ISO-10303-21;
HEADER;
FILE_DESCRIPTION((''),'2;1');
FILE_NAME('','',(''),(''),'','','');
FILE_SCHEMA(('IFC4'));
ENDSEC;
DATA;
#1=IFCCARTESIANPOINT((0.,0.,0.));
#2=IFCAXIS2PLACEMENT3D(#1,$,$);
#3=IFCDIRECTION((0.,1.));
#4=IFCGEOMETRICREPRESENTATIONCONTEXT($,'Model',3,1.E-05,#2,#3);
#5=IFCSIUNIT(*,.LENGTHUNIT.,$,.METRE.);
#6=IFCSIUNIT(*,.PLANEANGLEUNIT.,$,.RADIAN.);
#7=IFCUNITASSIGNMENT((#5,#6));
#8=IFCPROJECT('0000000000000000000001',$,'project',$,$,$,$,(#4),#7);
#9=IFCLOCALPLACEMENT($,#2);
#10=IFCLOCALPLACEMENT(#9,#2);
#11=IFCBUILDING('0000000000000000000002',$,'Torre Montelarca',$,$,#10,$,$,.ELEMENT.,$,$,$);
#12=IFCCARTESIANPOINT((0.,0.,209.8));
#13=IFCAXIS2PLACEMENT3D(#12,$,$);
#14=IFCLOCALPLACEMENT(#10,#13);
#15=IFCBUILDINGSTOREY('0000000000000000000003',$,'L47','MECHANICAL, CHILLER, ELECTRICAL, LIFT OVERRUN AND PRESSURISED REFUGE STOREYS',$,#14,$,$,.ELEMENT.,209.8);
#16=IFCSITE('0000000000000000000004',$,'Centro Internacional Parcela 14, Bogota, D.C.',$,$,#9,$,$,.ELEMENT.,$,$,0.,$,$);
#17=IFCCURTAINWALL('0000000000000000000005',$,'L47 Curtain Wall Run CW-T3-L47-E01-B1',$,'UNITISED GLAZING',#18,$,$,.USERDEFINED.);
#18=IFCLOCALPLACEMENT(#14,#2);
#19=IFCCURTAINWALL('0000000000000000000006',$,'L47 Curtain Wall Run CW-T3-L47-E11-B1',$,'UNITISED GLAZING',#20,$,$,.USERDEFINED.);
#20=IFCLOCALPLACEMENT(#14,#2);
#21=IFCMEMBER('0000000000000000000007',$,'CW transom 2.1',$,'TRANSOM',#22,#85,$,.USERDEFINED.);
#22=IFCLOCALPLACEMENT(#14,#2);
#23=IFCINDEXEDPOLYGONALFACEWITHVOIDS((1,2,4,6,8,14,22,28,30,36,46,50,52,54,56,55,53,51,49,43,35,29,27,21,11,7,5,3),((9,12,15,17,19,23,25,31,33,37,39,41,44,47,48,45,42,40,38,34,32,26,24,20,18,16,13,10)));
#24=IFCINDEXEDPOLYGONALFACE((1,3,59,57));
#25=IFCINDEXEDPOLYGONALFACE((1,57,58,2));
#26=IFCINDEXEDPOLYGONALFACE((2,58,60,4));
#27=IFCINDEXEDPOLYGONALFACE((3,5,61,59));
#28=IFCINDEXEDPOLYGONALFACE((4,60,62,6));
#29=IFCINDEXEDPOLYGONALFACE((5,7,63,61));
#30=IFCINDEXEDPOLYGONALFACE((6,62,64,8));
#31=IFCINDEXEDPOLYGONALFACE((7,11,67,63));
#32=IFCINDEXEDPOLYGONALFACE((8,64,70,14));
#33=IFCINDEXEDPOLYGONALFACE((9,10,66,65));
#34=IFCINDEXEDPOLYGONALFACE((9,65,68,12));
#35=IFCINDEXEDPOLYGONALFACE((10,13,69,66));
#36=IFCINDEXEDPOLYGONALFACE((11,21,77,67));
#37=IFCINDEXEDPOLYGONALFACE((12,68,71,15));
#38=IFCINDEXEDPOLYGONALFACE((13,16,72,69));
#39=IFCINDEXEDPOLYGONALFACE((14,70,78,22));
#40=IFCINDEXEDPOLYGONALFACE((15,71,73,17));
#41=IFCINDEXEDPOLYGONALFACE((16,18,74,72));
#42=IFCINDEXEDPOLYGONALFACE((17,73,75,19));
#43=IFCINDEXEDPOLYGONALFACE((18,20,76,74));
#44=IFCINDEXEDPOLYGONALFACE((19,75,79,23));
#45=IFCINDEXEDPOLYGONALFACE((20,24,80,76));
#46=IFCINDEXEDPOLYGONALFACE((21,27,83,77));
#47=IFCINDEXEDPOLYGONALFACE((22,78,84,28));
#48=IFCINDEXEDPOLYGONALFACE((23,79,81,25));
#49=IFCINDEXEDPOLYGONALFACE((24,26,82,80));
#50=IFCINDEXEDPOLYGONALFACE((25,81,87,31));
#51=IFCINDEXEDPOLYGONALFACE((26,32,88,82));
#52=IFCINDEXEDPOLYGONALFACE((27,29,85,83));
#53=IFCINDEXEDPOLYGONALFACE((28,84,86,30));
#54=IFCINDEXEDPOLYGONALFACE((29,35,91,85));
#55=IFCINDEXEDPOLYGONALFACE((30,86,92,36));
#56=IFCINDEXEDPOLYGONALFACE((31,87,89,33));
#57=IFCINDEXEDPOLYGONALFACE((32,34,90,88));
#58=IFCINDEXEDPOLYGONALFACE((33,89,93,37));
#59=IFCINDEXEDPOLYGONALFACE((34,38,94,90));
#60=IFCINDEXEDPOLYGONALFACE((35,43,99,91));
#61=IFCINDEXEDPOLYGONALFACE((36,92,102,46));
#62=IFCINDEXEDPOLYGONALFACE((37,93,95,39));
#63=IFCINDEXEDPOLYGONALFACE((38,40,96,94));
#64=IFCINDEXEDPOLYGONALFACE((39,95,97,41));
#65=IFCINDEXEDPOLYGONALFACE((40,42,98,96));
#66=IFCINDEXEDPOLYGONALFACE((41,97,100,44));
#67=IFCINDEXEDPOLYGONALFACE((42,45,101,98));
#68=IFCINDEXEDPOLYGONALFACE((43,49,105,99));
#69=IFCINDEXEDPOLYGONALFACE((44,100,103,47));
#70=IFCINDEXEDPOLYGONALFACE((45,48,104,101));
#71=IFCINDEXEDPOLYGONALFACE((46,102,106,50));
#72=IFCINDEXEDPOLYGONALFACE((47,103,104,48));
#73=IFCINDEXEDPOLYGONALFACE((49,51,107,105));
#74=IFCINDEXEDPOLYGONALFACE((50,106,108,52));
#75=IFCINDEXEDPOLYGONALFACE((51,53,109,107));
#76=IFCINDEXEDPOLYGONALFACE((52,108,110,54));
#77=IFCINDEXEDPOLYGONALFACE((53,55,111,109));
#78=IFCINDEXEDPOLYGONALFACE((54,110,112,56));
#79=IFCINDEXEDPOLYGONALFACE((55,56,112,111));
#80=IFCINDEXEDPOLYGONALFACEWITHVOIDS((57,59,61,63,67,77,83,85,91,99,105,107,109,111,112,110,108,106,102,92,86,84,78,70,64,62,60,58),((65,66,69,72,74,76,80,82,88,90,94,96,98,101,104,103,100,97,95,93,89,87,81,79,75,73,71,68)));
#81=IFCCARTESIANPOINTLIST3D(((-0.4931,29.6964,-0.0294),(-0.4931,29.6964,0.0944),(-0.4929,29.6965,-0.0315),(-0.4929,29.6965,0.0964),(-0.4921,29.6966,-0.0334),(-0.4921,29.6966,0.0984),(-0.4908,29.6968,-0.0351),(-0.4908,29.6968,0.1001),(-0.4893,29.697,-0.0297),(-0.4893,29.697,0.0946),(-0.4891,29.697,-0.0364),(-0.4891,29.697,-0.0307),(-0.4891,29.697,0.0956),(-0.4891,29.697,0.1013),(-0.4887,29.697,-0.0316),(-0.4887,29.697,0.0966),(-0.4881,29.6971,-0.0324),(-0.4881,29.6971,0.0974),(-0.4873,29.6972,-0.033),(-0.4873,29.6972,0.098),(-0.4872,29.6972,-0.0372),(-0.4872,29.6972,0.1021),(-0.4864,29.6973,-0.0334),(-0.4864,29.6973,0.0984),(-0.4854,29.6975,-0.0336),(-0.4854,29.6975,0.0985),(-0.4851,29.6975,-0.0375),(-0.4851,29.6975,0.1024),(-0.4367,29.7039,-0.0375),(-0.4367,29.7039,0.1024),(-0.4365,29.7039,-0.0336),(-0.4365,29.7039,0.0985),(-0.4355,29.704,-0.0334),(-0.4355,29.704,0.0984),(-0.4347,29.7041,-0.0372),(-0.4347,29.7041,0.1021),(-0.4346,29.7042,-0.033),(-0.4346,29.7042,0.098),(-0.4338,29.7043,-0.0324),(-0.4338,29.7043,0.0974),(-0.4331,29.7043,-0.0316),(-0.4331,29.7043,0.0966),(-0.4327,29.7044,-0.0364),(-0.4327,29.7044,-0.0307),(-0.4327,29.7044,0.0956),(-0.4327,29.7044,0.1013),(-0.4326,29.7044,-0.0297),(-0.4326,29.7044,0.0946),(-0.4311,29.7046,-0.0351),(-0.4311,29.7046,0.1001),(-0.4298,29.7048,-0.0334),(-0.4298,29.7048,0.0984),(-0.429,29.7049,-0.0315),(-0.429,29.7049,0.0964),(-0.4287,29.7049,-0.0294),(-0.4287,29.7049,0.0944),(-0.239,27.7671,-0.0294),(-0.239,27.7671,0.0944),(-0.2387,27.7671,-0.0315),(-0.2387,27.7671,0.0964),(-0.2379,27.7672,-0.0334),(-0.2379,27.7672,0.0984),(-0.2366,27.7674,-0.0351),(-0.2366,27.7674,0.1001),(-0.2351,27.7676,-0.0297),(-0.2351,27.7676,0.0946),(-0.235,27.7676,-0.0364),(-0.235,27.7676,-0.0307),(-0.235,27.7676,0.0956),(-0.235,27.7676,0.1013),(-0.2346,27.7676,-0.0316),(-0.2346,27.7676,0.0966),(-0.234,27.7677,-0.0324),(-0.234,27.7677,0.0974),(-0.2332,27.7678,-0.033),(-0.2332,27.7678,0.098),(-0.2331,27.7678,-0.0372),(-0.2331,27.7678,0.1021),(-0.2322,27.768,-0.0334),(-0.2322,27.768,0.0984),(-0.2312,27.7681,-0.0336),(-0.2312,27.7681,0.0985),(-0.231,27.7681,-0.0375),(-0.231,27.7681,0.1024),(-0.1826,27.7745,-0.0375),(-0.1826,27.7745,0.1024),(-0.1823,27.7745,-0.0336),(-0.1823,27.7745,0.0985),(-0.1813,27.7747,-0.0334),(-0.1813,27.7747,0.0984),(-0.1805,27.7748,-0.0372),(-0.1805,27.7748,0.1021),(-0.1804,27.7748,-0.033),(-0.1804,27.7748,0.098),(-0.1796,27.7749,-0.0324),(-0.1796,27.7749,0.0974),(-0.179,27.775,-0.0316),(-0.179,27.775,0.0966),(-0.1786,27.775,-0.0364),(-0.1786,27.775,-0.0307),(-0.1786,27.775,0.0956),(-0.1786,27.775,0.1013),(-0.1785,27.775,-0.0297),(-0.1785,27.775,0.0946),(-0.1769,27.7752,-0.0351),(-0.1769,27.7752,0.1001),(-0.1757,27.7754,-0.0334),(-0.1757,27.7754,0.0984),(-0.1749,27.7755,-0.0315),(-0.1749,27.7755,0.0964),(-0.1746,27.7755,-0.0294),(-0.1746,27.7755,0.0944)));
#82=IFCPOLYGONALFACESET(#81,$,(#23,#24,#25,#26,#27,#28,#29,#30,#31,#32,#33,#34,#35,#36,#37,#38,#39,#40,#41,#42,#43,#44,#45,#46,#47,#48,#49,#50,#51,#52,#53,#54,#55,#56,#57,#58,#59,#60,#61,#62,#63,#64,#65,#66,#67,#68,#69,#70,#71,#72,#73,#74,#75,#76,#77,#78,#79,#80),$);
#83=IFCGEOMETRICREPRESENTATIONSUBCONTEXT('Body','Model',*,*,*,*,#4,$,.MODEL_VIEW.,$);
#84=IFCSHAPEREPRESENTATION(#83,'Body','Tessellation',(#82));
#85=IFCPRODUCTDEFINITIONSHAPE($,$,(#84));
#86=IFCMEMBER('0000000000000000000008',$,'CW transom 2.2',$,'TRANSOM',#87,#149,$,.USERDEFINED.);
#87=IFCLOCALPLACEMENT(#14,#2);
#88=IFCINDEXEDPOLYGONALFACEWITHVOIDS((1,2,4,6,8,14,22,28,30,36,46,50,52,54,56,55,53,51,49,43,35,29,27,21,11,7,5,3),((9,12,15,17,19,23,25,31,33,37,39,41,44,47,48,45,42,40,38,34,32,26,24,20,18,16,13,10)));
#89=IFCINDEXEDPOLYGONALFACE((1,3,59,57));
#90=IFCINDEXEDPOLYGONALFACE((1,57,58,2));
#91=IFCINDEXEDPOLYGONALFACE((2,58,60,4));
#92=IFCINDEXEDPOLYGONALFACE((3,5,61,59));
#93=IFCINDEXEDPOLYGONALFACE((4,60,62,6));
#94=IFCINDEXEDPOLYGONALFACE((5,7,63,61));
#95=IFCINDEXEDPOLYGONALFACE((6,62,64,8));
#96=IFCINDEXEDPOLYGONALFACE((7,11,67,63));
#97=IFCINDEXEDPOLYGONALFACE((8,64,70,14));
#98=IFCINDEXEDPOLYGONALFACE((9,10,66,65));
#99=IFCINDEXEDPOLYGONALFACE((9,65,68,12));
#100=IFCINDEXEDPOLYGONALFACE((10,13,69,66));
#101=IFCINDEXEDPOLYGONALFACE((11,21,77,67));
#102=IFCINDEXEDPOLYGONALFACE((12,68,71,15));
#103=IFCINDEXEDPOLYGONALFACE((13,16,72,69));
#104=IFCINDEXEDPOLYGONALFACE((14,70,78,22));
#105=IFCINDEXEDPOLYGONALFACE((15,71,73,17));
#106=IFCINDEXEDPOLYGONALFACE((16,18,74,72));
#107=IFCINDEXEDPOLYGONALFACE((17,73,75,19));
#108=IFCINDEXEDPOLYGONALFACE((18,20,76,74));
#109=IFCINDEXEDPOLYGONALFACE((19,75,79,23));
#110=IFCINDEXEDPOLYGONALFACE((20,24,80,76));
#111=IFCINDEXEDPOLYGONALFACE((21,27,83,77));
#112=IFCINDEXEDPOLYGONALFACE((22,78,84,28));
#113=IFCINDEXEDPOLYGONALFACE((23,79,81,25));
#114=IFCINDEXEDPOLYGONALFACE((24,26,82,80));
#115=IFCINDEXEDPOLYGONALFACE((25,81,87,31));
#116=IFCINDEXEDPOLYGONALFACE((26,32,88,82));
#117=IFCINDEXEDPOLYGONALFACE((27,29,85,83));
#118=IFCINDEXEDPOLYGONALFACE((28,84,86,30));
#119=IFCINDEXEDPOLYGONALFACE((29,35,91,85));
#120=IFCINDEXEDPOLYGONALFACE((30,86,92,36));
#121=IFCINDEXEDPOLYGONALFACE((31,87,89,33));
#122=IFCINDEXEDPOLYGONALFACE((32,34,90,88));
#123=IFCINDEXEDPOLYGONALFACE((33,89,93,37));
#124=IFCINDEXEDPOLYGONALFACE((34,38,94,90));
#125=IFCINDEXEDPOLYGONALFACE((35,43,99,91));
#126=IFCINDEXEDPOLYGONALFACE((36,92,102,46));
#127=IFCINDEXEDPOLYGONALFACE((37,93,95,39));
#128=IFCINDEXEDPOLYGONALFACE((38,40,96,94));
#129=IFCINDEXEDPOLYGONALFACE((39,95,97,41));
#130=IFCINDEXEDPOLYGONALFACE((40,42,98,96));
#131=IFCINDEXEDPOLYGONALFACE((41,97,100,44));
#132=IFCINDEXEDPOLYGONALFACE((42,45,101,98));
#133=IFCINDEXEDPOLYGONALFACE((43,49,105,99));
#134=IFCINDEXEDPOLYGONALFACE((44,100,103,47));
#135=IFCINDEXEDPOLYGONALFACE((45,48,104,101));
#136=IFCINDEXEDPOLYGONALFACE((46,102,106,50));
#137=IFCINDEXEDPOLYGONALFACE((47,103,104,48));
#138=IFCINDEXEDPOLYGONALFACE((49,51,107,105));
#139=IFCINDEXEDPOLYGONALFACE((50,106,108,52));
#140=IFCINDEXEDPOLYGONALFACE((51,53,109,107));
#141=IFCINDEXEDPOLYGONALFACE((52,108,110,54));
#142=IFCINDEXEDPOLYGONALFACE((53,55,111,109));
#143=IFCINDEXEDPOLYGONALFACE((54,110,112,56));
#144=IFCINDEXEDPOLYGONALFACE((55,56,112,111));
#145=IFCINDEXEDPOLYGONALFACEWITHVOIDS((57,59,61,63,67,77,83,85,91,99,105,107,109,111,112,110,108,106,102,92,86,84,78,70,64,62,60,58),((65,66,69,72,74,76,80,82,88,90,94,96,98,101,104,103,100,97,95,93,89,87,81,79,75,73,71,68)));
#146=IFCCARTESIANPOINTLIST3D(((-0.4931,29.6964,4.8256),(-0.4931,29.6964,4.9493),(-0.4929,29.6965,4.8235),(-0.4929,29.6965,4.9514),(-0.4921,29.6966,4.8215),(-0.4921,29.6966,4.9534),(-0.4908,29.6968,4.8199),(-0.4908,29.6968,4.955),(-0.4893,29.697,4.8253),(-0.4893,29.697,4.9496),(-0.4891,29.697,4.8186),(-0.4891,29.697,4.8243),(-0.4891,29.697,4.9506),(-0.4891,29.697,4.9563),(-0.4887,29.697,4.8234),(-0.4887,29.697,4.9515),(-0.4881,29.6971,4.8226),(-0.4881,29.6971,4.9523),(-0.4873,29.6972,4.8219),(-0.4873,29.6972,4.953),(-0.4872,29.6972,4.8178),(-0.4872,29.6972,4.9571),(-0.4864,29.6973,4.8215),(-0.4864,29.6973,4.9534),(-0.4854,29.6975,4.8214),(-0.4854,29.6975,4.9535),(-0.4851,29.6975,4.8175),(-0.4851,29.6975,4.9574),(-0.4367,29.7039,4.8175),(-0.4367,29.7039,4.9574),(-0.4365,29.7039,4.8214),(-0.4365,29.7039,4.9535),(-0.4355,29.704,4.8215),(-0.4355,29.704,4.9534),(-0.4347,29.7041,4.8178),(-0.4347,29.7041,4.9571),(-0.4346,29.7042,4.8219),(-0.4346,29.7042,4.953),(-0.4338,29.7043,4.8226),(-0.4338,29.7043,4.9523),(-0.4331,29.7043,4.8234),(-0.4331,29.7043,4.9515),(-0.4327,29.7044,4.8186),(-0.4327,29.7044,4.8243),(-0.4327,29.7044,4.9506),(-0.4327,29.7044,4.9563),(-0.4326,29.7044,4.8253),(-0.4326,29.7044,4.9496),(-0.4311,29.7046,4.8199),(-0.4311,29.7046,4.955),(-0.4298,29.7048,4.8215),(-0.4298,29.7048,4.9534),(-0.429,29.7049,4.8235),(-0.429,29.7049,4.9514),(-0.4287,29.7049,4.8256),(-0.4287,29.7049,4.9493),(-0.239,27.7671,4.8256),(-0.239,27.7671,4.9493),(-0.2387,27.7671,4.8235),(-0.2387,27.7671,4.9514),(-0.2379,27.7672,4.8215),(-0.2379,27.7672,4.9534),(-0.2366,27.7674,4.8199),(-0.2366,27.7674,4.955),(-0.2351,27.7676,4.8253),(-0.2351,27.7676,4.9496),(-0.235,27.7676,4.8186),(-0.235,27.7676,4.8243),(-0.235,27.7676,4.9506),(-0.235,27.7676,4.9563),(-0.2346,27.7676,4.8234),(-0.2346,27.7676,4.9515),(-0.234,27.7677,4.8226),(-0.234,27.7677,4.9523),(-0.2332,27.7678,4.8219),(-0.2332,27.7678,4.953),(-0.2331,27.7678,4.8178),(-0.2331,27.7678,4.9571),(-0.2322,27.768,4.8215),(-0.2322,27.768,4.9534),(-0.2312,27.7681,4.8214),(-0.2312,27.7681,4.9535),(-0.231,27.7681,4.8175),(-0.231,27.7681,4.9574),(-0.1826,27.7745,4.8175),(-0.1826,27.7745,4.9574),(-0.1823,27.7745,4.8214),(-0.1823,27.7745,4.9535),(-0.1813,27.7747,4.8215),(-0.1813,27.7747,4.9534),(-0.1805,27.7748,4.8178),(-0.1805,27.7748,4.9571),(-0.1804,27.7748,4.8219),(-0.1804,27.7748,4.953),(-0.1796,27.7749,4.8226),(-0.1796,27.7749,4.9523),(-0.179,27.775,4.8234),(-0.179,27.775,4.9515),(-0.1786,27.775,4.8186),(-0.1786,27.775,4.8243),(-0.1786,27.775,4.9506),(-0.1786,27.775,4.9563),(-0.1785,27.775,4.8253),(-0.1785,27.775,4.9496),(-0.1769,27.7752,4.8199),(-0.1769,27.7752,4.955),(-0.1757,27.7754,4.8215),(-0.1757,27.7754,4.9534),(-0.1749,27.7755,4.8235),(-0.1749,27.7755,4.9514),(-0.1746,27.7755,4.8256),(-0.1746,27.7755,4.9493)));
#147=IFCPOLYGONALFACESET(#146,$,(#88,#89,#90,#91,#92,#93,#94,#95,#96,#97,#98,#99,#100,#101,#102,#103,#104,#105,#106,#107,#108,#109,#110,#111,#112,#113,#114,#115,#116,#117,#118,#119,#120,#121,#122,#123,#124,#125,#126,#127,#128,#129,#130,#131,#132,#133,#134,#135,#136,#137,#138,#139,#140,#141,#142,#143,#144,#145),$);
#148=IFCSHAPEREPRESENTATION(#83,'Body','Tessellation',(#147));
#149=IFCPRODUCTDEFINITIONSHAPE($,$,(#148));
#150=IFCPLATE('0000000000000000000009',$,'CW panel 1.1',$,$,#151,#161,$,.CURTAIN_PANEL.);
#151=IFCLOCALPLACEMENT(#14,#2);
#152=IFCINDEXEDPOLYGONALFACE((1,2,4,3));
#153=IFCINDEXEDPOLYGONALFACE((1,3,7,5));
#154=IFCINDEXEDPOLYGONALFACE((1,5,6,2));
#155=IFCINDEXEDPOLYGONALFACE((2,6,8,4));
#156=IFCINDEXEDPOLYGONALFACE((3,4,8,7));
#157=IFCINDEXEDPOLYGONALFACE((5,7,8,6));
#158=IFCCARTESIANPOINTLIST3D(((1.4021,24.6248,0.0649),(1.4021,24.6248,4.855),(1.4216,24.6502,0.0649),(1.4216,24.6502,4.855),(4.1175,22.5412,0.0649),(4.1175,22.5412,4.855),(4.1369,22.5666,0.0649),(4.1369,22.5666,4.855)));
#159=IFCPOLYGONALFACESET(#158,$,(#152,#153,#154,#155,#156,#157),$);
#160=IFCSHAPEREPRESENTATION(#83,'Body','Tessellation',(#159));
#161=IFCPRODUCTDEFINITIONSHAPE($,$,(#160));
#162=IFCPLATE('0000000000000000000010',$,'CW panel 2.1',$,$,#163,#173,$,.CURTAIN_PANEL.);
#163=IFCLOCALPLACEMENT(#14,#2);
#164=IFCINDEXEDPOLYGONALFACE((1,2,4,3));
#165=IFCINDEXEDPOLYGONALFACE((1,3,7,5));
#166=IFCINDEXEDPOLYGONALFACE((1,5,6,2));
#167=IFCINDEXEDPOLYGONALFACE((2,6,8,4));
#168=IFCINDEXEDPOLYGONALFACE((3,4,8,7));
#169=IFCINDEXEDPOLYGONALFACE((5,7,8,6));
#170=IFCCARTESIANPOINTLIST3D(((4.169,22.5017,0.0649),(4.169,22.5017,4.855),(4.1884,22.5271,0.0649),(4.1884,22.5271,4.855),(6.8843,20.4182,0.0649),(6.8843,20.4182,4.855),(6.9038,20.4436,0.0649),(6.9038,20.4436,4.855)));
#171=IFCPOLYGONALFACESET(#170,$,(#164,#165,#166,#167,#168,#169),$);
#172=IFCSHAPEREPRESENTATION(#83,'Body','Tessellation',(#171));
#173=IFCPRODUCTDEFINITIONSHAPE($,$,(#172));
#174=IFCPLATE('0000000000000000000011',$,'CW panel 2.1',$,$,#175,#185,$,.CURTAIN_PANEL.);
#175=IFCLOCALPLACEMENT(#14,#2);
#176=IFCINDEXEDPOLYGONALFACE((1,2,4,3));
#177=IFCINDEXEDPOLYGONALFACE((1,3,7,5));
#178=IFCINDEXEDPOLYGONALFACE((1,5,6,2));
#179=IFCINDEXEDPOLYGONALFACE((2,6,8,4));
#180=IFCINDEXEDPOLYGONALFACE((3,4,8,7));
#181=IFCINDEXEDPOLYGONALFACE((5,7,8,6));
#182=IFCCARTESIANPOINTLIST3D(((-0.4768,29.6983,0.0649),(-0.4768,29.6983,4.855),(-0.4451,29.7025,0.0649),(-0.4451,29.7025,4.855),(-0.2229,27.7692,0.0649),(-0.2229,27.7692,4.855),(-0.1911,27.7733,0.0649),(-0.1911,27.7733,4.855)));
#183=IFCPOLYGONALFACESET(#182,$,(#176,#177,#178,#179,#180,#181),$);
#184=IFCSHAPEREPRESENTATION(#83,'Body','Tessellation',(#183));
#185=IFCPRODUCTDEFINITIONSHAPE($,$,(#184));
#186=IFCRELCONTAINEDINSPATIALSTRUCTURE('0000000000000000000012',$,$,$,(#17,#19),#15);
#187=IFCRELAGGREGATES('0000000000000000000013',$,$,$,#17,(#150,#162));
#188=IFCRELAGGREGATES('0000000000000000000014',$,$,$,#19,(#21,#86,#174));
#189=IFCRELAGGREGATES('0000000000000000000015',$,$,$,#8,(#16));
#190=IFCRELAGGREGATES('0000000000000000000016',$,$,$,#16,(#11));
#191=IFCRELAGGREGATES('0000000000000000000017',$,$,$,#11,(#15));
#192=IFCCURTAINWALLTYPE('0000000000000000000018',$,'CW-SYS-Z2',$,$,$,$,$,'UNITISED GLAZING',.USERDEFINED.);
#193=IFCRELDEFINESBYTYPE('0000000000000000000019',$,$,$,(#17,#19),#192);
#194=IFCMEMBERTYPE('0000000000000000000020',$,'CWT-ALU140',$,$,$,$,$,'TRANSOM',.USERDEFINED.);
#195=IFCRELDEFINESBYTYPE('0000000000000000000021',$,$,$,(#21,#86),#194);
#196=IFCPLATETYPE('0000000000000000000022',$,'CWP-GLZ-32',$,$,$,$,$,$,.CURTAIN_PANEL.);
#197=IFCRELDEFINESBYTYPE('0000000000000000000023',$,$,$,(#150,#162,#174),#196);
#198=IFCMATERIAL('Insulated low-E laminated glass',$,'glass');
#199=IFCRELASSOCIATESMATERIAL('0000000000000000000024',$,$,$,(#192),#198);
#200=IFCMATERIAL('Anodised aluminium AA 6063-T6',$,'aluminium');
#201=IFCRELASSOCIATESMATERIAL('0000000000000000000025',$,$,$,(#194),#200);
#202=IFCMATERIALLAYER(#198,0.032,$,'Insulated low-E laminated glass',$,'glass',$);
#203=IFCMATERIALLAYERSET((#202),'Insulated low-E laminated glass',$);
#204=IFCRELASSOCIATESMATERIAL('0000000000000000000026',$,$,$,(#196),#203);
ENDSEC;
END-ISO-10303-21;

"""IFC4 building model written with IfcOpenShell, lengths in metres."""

from ifc_helpers import new_model, si_unit, direction, frame, origin, origin_2d, place, context, subcontext, project, spatial, rectangle, hollow_rectangle, extrude, source, transform, mapped, material, layer, layer_set, material_profile, profile_set, type_object, element, aggregate, save


model = new_model("IFC4")

# Units and contexts
model_context = context("Model", 3, precision=1e-05, world=origin(), true_north=direction((0.0, 1.0)))
body_context = subcontext(model_context, "Body", "Model", "MODEL_VIEW")
ifc_project = project(units=[si_unit("LENGTHUNIT", "METRE"), si_unit("PLANEANGLEUNIT", "RADIAN")], contexts=[model_context])

# Site, building, storey
site_placement = place(None, origin())
site = spatial("IfcSite", under=ifc_project, at=site_placement, Name="Centro Internacional Parcela 14, Bogota, D.C.", CompositionType="ELEMENT", RefElevation=0.0)
building_placement = place(site_placement, origin())
building = spatial("IfcBuilding", under=site, at=building_placement, Name="Torre Montelarca", CompositionType="ELEMENT")
storey_placement = place(building_placement, frame((0.0, 0.0, 209.8)))
storey = spatial("IfcBuildingStorey", under=building, at=storey_placement, Name="L47", Description="MECHANICAL, CHILLER, ELECTRICAL, LIFT OVERRUN AND PRESSURISED REFUGE STOREYS", CompositionType="ELEMENT", Elevation=209.8)

# Curtain walls
ifc_material_1 = material(Name="Insulated low-E laminated glass", Category="glass")
curtain_wall_type = type_object("IfcCurtainWallType", Name="CW-SYS-Z2", ElementType="UNITISED GLAZING", PredefinedType="USERDEFINED", material=ifc_material_1)
curtain_wall_1_placement = place(storey_placement, origin())
curtain_wall_1 = element("IfcCurtainWall", 1, at=curtain_wall_1_placement, inside=storey, type_object=curtain_wall_type, Name="L47 Curtain Wall Run CW-T3-L47-E01-B1", ObjectType="UNITISED GLAZING", PredefinedType="USERDEFINED")
ifc_material_2 = material(Name="Anodised aluminium AA 6063-T6", Category="aluminium")
curtain_wall_2_placement = place(storey_placement, origin())
curtain_wall_2 = element("IfcCurtainWall", 2, at=curtain_wall_2_placement, inside=storey, type_object=curtain_wall_type, Name="L47 Curtain Wall Run CW-T3-L47-E11-B1", ObjectType="UNITISED GLAZING", PredefinedType="USERDEFINED")

# Members
ifc_material_profile_1 = material_profile(ifc_material_2, hollow_rectangle(XDim=0.0649, YDim=0.1399, WallThickness=0.0039, InnerFilletRadius=0.0039, OuterFilletRadius=0.0081, at=origin_2d()), Name="ALU65X140X4", Category="aluminium")
ifc_profile_set_1 = profile_set([ifc_material_profile_1], Name="Anodised aluminium AA 6063-T6")
member_type_1 = type_object("IfcMemberType", Name="CWT-ALU140", ElementType="TRANSOM", PredefinedType="USERDEFINED", material=ifc_profile_set_1)
shared_shape_1 = source(origin(), body_context, "Body", "SweptSolid", [
    extrude(hollow_rectangle(XDim=0.0649, YDim=0.1399, WallThickness=0.0039, InnerFilletRadius=0.0039, OuterFilletRadius=0.0081, at=origin_2d()), origin(), (0.0, 0.0, 1.0), 1.946),
])
member_1_placement = place(storey_placement, frame((-0.4609, 29.7007, 0.0325), z_axis=(0.130594, -0.991436, 0.0), x_axis=(0.991436, 0.130594, 0.0)))
member_1 = element("IfcMember", 3, at=member_1_placement, type_object=member_type_1, Name="CW transom 2.1", ObjectType="TRANSOM", PredefinedType="USERDEFINED", context=body_context, shape_type="MappedRepresentation", body=[
    mapped(shared_shape_1, transform((0.0, 0.0, 0.0), scale=1.0)),
])
member_2_placement = place(storey_placement, frame((-0.4609, 29.7007, 4.8875), z_axis=(0.130594, -0.991436, 0.0), x_axis=(0.991436, 0.130594, 0.0)))
member_2 = element("IfcMember", 4, at=member_2_placement, type_object=member_type_1, Name="CW transom 2.2", ObjectType="TRANSOM", PredefinedType="USERDEFINED", context=body_context, shape_type="MappedRepresentation", body=[
    mapped(shared_shape_1, transform((0.0, 0.0, 0.0), scale=1.0)),
])

# Plates
ifc_layer_1 = layer(ifc_material_1, 0.032, Name="Insulated low-E laminated glass", Category="glass")
ifc_layer_set_1 = layer_set([ifc_layer_1], Name="Insulated low-E laminated glass")
plate_type = type_object("IfcPlateType", Name="CWP-GLZ-32", PredefinedType="CURTAIN_PANEL", material=ifc_layer_set_1)
shared_shape_2 = source(origin(), body_context, "Body", "SweptSolid", [
    extrude(rectangle(XDim=3.4226, YDim=0.032, at=origin_2d()), origin(), (0.0, 0.0, 1.0), 4.79),
])
plate_1_placement = place(storey_placement, frame((2.7695, 23.5957, 0.0649), z_axis=(0.0, 0.0, 1.0), x_axis=(0.793352, -0.608764, 0.0)))
plate_1 = element("IfcPlate", 5, at=plate_1_placement, type_object=plate_type, Name="CW panel 1.1", PredefinedType="CURTAIN_PANEL", context=body_context, shape_type="MappedRepresentation", body=[
    mapped(shared_shape_2, transform((0.0, 0.0, 0.0), scale=1.0)),
])
plate_2_placement = place(storey_placement, frame((5.5364, 21.4727, 0.0649), z_axis=(0.0, 0.0, 1.0), x_axis=(0.793352, -0.608764, 0.0)))
plate_2 = element("IfcPlate", 6, at=plate_2_placement, type_object=plate_type, Name="CW panel 2.1", PredefinedType="CURTAIN_PANEL", context=body_context, shape_type="MappedRepresentation", body=[
    mapped(shared_shape_2, transform((0.0, 0.0, 0.0), scale=1.0)),
])
aggregate(curtain_wall_1, [plate_1, plate_2])
shared_shape_3 = source(origin(), body_context, "Body", "SweptSolid", [
    extrude(rectangle(XDim=1.9458, YDim=0.032, at=origin_2d()), origin(), (0.0, 0.0, 1.0), 4.79),
])
plate_3_placement = place(storey_placement, frame((-0.334, 28.7358, 0.0649), z_axis=(0.0, 0.0, 1.0), x_axis=(0.130519, -0.991446, 0.0)))
plate_3 = element("IfcPlate", 7, at=plate_3_placement, type_object=plate_type, Name="CW panel 2.1", PredefinedType="CURTAIN_PANEL", context=body_context, shape_type="MappedRepresentation", body=[
    mapped(shared_shape_3, transform((0.0, 0.0, 0.0), scale=1.0)),
])
aggregate(curtain_wall_2, [member_1, member_2, plate_3])

save(model, "model.ifc")
